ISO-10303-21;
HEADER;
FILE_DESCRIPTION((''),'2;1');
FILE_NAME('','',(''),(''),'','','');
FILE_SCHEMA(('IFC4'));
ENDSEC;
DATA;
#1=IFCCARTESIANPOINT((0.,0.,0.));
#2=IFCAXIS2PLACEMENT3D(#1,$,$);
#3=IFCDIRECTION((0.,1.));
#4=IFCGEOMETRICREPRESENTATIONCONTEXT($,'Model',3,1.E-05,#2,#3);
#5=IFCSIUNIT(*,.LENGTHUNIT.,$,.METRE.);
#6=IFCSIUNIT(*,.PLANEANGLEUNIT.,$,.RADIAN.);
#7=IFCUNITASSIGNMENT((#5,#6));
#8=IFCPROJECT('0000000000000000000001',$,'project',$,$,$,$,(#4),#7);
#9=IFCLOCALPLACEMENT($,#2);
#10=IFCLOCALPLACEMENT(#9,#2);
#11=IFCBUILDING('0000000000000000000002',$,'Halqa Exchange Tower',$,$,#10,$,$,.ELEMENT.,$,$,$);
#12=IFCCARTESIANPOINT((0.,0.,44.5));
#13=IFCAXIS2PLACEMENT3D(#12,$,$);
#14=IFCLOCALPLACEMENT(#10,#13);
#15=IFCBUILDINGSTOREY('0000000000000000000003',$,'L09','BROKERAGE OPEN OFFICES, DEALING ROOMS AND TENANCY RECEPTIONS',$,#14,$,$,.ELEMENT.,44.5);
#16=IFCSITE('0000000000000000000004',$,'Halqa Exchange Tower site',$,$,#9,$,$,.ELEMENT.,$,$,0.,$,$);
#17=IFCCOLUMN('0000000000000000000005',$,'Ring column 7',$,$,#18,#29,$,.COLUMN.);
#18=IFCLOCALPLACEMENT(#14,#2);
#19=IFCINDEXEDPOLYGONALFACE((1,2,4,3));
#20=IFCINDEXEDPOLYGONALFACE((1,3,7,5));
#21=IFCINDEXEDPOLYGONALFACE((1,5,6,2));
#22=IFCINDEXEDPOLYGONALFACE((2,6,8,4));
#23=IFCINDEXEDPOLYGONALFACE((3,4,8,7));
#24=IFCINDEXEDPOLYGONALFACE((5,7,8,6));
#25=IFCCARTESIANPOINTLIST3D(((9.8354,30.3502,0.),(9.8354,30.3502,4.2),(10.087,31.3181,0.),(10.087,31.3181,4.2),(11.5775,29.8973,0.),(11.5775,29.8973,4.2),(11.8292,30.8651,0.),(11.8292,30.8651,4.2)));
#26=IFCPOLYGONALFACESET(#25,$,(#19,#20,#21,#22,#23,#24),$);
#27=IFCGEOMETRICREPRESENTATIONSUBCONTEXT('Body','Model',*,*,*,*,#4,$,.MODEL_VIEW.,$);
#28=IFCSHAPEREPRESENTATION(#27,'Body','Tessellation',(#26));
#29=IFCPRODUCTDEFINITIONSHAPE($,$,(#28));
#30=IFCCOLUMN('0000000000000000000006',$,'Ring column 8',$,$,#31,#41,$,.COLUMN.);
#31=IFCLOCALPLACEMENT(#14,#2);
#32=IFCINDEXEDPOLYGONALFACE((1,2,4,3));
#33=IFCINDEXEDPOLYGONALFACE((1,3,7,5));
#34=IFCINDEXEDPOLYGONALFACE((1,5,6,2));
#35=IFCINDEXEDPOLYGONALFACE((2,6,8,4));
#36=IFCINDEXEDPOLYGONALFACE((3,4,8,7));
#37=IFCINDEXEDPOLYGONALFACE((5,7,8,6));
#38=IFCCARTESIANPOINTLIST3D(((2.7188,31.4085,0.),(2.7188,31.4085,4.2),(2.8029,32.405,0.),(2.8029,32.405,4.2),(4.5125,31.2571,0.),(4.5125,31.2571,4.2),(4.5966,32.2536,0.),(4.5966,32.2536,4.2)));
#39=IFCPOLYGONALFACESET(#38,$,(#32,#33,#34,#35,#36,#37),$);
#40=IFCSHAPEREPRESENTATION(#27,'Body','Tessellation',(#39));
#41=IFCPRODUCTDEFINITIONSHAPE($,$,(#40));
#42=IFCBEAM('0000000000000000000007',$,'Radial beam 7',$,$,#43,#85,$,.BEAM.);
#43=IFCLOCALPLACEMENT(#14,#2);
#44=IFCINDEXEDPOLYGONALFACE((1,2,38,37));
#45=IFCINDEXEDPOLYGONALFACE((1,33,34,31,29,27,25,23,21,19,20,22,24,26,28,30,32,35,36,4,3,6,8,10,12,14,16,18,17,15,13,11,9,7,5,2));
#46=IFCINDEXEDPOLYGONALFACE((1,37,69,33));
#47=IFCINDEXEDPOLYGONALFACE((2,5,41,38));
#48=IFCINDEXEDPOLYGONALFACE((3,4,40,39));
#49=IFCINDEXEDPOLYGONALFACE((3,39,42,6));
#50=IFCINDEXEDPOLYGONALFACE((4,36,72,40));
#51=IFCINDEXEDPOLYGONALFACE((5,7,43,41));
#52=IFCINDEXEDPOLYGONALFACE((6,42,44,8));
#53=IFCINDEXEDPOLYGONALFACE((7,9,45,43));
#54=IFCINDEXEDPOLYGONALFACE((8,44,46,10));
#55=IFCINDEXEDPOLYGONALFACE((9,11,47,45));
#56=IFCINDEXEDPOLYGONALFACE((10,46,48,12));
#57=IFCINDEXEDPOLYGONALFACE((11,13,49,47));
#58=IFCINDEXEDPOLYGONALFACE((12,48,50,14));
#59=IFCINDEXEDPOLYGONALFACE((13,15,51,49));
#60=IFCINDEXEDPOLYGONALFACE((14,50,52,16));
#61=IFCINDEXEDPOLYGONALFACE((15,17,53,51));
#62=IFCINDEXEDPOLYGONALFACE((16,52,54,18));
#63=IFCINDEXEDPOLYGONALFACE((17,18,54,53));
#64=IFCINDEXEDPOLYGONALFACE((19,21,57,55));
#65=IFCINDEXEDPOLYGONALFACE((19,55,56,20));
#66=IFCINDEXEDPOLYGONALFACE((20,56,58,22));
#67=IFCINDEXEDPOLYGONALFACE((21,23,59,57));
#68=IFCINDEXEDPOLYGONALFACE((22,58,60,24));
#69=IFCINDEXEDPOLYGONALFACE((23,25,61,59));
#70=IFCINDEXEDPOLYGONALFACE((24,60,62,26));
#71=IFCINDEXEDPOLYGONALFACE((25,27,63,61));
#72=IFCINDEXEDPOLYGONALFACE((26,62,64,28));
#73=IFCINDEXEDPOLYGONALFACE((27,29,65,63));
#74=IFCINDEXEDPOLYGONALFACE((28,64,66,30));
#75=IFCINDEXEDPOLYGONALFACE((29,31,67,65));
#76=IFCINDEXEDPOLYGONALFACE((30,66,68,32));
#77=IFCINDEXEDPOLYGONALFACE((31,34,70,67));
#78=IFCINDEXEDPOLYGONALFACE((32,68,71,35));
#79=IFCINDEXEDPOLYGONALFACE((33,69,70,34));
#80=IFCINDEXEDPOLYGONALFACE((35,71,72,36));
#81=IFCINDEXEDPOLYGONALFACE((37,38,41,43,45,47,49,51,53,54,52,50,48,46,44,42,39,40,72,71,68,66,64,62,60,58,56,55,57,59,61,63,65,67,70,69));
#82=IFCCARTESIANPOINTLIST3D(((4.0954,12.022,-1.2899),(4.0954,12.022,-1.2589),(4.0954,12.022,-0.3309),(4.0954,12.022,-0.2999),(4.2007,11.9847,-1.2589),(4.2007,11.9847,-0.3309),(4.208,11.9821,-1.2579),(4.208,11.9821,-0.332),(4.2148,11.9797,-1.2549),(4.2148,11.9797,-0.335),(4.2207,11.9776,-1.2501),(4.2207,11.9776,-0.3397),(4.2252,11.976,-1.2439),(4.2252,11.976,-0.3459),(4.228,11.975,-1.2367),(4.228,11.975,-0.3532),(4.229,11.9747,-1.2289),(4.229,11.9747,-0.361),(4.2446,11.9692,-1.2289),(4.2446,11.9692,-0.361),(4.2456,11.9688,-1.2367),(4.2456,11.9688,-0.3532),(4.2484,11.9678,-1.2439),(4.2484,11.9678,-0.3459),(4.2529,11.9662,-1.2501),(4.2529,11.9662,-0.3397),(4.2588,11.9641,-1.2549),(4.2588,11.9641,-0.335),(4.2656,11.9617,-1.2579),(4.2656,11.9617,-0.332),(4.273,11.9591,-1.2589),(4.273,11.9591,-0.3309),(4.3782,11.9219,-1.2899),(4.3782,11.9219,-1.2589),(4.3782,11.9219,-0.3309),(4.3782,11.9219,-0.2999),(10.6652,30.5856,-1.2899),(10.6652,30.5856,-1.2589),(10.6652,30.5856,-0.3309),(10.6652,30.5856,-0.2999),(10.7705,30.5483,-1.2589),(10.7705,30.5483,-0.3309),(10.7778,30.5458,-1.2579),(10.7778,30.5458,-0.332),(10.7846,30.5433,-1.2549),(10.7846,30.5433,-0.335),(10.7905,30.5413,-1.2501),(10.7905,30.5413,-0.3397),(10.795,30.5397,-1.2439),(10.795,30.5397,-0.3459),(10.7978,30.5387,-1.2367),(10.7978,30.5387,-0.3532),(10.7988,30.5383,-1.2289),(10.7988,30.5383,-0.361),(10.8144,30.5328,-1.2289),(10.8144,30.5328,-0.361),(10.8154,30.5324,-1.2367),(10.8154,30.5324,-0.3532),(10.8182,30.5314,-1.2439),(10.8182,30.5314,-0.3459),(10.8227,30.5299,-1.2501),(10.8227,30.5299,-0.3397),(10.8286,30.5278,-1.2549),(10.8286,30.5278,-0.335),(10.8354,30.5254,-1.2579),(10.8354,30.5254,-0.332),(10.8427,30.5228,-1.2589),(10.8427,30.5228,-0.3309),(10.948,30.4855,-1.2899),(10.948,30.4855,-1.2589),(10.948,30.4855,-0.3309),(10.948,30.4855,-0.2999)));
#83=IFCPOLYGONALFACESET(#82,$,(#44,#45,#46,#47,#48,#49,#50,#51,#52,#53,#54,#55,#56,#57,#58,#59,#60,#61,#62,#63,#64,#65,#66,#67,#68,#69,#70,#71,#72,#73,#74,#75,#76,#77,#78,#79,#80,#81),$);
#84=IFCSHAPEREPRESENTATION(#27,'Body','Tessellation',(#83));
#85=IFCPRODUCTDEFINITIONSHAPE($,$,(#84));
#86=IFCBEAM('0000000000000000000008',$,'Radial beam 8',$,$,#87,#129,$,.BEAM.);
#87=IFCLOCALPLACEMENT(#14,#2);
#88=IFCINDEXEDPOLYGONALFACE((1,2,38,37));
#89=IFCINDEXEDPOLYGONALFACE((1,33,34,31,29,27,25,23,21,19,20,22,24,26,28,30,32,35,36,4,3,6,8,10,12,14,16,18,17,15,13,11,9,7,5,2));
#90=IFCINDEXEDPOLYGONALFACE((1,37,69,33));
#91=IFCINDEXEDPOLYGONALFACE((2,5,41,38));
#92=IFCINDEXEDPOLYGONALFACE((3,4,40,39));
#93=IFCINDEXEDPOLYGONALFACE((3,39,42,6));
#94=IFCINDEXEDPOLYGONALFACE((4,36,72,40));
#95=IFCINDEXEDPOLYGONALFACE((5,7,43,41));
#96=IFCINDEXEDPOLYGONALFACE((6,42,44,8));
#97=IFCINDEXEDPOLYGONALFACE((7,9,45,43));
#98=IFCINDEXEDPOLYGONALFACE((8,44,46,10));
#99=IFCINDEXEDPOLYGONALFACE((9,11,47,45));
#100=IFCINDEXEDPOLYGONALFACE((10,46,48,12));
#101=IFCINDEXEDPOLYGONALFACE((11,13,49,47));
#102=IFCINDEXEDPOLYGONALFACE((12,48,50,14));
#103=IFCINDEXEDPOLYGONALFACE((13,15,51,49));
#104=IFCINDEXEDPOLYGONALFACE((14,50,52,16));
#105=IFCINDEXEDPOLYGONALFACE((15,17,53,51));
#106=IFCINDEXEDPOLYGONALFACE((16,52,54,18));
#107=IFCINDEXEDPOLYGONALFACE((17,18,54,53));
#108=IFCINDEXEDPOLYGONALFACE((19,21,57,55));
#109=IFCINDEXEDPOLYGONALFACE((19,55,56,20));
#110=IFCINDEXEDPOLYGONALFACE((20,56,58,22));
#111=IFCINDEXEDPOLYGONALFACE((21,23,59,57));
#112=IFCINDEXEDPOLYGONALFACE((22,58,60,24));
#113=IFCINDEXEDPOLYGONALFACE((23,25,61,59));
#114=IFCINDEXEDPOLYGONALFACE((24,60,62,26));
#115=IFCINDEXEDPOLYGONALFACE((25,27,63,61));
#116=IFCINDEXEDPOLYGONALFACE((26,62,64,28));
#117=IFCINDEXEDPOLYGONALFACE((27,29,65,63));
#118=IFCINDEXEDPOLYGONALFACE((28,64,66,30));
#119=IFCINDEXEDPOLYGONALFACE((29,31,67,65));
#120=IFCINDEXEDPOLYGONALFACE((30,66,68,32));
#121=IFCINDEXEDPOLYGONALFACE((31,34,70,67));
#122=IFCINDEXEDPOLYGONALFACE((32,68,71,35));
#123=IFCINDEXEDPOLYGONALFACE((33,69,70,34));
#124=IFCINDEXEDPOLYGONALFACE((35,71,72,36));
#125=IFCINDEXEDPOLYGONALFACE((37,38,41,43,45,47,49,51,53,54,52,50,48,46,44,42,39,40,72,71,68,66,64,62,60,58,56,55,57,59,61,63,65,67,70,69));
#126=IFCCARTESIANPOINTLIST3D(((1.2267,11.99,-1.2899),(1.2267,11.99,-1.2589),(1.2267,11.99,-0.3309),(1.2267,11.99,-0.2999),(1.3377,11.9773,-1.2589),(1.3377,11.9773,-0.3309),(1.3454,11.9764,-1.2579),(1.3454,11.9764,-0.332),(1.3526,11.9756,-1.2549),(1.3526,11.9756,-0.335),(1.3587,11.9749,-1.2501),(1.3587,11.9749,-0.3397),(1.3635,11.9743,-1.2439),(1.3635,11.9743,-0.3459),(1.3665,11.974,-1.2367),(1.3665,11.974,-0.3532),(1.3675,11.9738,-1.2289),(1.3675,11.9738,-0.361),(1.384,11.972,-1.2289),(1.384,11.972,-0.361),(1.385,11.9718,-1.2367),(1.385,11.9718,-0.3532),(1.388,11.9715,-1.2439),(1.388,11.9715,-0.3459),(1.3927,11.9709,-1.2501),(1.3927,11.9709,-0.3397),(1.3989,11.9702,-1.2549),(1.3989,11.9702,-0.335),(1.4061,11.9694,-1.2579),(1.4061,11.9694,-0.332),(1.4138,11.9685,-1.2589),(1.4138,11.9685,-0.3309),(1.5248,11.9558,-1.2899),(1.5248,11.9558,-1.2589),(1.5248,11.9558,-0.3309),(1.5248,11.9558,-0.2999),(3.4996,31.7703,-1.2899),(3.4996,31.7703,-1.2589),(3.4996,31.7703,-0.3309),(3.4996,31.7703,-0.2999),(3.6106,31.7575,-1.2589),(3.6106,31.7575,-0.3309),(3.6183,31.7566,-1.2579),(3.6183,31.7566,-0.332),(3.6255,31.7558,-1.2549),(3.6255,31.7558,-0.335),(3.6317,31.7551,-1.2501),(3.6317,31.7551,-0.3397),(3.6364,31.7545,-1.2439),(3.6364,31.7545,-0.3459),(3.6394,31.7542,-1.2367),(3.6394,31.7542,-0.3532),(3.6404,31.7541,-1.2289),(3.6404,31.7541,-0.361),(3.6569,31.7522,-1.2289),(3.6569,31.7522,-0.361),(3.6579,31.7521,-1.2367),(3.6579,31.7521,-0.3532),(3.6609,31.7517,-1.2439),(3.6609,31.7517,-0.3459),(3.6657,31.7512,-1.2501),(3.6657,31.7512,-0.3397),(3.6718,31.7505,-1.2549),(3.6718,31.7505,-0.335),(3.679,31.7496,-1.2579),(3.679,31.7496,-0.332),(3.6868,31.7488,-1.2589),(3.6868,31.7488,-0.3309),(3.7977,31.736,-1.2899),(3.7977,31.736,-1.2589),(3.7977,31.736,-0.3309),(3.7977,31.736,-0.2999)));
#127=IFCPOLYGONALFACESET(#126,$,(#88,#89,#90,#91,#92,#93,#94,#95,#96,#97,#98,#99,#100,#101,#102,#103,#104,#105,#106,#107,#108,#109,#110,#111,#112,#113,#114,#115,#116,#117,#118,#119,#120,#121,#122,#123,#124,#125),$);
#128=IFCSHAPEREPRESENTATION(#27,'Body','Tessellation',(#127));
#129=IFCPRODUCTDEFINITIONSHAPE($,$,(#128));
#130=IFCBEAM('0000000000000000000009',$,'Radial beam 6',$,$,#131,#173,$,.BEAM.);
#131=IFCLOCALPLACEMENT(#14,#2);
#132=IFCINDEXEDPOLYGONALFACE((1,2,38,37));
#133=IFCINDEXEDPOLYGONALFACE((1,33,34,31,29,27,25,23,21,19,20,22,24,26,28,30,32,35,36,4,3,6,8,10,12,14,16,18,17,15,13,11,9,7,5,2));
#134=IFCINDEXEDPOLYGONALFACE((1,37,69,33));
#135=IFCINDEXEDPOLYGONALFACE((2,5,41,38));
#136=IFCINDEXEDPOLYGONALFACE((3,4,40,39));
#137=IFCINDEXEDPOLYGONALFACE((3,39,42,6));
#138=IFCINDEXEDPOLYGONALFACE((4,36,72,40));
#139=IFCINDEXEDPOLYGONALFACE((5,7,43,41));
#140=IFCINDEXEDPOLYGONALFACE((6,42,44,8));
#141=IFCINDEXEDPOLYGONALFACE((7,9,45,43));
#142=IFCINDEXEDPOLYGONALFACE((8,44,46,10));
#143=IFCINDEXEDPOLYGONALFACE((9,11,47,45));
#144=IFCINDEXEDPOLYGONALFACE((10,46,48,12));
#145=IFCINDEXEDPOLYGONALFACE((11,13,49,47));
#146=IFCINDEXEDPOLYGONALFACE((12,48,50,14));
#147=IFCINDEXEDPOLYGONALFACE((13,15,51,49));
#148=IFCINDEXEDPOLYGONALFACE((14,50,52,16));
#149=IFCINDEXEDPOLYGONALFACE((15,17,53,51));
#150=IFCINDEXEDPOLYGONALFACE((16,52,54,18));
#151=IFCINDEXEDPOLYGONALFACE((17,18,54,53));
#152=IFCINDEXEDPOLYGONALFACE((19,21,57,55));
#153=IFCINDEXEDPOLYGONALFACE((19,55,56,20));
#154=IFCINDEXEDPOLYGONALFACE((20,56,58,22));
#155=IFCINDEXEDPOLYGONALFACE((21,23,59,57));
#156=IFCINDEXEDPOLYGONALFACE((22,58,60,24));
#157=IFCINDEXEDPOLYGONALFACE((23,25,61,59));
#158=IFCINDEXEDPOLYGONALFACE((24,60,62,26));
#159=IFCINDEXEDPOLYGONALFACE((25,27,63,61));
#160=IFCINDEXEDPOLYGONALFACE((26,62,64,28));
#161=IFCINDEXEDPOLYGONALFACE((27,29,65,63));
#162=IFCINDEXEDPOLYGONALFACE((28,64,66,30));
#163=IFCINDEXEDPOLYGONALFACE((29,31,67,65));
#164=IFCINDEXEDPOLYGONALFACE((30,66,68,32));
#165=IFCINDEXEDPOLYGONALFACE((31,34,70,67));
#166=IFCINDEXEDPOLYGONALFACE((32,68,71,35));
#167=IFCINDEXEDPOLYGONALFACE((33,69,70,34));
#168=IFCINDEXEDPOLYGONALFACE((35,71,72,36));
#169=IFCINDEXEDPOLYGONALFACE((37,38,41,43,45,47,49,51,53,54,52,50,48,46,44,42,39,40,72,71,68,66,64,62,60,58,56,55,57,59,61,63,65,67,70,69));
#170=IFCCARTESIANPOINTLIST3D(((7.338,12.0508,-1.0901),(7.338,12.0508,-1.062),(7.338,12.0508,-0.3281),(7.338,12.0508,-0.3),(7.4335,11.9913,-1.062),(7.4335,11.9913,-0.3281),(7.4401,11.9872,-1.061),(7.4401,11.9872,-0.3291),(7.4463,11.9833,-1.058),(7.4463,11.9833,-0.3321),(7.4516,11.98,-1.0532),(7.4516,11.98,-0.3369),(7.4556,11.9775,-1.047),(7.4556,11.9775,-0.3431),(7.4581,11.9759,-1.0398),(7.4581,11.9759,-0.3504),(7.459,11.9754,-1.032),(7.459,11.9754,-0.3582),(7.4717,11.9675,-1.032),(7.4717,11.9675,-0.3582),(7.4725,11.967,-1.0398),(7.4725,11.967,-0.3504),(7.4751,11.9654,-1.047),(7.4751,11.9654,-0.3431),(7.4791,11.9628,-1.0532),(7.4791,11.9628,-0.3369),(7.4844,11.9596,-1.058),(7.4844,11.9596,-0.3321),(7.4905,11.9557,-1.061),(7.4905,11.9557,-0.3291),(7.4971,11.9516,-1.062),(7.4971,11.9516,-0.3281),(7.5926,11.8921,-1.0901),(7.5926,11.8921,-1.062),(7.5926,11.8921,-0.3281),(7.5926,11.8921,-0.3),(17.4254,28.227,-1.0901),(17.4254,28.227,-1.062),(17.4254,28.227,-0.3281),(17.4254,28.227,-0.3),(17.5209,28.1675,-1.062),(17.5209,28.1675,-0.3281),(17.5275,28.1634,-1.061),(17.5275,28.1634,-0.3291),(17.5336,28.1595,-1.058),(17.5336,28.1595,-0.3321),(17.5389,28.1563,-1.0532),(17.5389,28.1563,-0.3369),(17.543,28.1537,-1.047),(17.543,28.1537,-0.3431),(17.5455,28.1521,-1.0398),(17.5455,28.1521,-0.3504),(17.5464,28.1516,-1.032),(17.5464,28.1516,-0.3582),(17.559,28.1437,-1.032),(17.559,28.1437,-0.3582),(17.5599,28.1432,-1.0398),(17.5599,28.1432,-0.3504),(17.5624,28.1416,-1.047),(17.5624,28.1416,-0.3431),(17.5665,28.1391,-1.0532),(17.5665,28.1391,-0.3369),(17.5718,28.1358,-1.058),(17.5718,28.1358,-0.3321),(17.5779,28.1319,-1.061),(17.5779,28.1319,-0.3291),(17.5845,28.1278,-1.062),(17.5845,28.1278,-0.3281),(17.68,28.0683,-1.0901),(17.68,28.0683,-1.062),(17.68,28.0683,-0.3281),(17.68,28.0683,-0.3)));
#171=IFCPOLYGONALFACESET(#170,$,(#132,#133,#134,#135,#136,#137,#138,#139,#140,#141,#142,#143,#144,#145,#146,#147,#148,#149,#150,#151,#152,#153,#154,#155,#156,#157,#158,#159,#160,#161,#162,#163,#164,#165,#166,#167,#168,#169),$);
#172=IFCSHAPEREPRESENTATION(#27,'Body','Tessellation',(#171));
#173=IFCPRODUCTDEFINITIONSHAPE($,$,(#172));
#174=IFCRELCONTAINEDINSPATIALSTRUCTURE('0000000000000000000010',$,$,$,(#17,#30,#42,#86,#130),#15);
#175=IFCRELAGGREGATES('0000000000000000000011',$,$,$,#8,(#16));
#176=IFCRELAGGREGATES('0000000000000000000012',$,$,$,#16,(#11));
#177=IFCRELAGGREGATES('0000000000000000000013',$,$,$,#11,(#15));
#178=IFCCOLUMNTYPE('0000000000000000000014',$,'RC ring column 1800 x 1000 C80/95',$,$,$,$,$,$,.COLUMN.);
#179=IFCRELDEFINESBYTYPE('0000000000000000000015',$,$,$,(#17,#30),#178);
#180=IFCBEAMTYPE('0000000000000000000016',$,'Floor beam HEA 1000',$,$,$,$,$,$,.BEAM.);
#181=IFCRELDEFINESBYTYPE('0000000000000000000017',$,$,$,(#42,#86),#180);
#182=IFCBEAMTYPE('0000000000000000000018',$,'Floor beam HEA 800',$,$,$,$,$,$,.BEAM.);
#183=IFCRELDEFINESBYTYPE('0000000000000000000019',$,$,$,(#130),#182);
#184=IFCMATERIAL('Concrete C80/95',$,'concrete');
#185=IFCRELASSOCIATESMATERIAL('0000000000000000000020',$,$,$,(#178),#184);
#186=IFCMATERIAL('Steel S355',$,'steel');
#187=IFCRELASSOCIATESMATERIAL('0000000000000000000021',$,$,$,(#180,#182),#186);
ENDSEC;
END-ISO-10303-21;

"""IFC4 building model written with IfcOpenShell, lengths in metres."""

from ifc_helpers import new_model, si_unit, direction, frame, origin, origin_2d, place, context, subcontext, project, spatial, rectangle, i_section, extrude, material, material_profile, profile_set, type_object, element, save


model = new_model("IFC4")

# Units and contexts
model_context = context("Model", 3, precision=1e-05, world=origin(), true_north=direction((0.0, 1.0)))
body_context = subcontext(model_context, "Body", "Model", "MODEL_VIEW")
ifc_project = project(units=[si_unit("LENGTHUNIT", "METRE"), si_unit("PLANEANGLEUNIT", "RADIAN")], contexts=[model_context])

# Site, building, storey
site_placement = place(None, origin())
site = spatial("IfcSite", under=ifc_project, at=site_placement, Name="Halqa Exchange Tower site", CompositionType="ELEMENT", RefElevation=0.0)
building_placement = place(site_placement, origin())
building = spatial("IfcBuilding", under=site, at=building_placement, Name="Halqa Exchange Tower", CompositionType="ELEMENT")
storey_placement = place(building_placement, frame((0.0, 0.0, 44.5)))
storey = spatial("IfcBuildingStorey", under=building, at=storey_placement, Name="L09", Description="BROKERAGE OPEN OFFICES, DEALING ROOMS AND TENANCY RECEPTIONS", CompositionType="ELEMENT", Elevation=44.5)

# Columns
ifc_material_1 = material(Name="Concrete C80/95", Category="concrete")
ifc_material_profile_1 = material_profile(ifc_material_1, rectangle(XDim=1.8, YDim=1.0, at=origin_2d()), Name="1800 x 1000")
ifc_profile_set_1 = profile_set([ifc_material_profile_1], Name="Concrete C80/95")
column_type = type_object("IfcColumnType", Name="RC ring column 1800 x 1000 C80/95", PredefinedType="COLUMN", material=ifc_profile_set_1)
for number, where, z_axis, x_axis, name in (
    (1, (10.8323, 30.6077, 0.0), (0.0, 0.0, 1.0), (-0.96782, 0.251644, 0.0), "Ring column 7"),
    (2, (3.6577, 31.8311, 0.0), (0.0, 0.0, 1.0), (-0.996455, 0.084125, 0.0), "Ring column 8"),
):
    element("IfcColumn", number, at=place(storey_placement, frame(where, z_axis=z_axis, x_axis=x_axis)), inside=storey, type_object=column_type, Name=name, PredefinedType="COLUMN", context=body_context, shape_type="SweptSolid", body=[
        extrude(rectangle(XDim=1.8, YDim=1.0, at=origin_2d()), origin(), (0.0, 0.0, 1.0), 4.2),
    ])

# Beams
ifc_material_2 = material(Name="Steel S355", Category="steel")
ifc_material_profile_2 = material_profile(ifc_material_2, i_section(OverallWidth=0.3, OverallDepth=0.99, WebThickness=0.0166, FlangeThickness=0.031, FilletRadius=0.03, at=origin_2d()), Name="HEA 1000")
ifc_profile_set_2 = profile_set([ifc_material_profile_2], Name="Steel S355")
beam_type_1 = type_object("IfcBeamType", Name="Floor beam HEA 1000", PredefinedType="BEAM", material=ifc_profile_set_2)
beam_1_placement = place(storey_placement, frame((4.2368, 11.9719, -0.7949), z_axis=(0.333629, 0.942704, 0.0), x_axis=(-0.942704, 0.333629, 0.0)))
element("IfcBeam", 3, at=beam_1_placement, inside=storey, type_object=beam_type_1, Name="Radial beam 7", PredefinedType="BEAM", context=body_context, shape_type="SweptSolid", body=[
    extrude(i_section(OverallWidth=0.3, OverallDepth=0.99, WebThickness=0.0166, FlangeThickness=0.031, FilletRadius=0.03, at=origin_2d()), origin(), (0.0, 0.0, 1.0), 19.6919),
])
beam_2_placement = place(storey_placement, frame((1.3757, 11.9729, -0.7949), z_axis=(0.114159, 0.993463, 0.0), x_axis=(-0.993463, 0.114159, 0.0)))
element("IfcBeam", 4, at=beam_2_placement, inside=storey, type_object=beam_type_1, Name="Radial beam 8", PredefinedType="BEAM", context=body_context, shape_type="SweptSolid", body=[
    extrude(i_section(OverallWidth=0.3, OverallDepth=0.99, WebThickness=0.0166, FlangeThickness=0.031, FilletRadius=0.03, at=origin_2d()), origin(), (0.0, 0.0, 1.0), 19.9104),
])
ifc_material_profile_3 = material_profile(ifc_material_2, i_section(OverallWidth=0.3, OverallDepth=0.79, WebThickness=0.0149, FlangeThickness=0.0281, FilletRadius=0.03, at=origin_2d()), Name="HEA 800")
ifc_profile_set_3 = profile_set([ifc_material_profile_3], Name="Steel S355")
beam_type_2 = type_object("IfcBeamType", Name="Floor beam HEA 800", PredefinedType="BEAM", material=ifc_profile_set_3)
beam_3_placement = place(storey_placement, frame((7.4653, 11.9714, -0.6951), z_axis=(0.52914, 0.848535, 0.0), x_axis=(-0.848535, 0.52914, 0.0)))
element("IfcBeam", 5, at=beam_3_placement, inside=storey, type_object=beam_type_2, Name="Radial beam 6", PredefinedType="BEAM", context=body_context, shape_type="SweptSolid", body=[
    extrude(i_section(OverallWidth=0.3, OverallDepth=0.79, WebThickness=0.0149, FlangeThickness=0.0281, FilletRadius=0.03, at=origin_2d()), origin(), (0.0, 0.0, 1.0), 19.0637),
])

save(model, "model.ifc")
